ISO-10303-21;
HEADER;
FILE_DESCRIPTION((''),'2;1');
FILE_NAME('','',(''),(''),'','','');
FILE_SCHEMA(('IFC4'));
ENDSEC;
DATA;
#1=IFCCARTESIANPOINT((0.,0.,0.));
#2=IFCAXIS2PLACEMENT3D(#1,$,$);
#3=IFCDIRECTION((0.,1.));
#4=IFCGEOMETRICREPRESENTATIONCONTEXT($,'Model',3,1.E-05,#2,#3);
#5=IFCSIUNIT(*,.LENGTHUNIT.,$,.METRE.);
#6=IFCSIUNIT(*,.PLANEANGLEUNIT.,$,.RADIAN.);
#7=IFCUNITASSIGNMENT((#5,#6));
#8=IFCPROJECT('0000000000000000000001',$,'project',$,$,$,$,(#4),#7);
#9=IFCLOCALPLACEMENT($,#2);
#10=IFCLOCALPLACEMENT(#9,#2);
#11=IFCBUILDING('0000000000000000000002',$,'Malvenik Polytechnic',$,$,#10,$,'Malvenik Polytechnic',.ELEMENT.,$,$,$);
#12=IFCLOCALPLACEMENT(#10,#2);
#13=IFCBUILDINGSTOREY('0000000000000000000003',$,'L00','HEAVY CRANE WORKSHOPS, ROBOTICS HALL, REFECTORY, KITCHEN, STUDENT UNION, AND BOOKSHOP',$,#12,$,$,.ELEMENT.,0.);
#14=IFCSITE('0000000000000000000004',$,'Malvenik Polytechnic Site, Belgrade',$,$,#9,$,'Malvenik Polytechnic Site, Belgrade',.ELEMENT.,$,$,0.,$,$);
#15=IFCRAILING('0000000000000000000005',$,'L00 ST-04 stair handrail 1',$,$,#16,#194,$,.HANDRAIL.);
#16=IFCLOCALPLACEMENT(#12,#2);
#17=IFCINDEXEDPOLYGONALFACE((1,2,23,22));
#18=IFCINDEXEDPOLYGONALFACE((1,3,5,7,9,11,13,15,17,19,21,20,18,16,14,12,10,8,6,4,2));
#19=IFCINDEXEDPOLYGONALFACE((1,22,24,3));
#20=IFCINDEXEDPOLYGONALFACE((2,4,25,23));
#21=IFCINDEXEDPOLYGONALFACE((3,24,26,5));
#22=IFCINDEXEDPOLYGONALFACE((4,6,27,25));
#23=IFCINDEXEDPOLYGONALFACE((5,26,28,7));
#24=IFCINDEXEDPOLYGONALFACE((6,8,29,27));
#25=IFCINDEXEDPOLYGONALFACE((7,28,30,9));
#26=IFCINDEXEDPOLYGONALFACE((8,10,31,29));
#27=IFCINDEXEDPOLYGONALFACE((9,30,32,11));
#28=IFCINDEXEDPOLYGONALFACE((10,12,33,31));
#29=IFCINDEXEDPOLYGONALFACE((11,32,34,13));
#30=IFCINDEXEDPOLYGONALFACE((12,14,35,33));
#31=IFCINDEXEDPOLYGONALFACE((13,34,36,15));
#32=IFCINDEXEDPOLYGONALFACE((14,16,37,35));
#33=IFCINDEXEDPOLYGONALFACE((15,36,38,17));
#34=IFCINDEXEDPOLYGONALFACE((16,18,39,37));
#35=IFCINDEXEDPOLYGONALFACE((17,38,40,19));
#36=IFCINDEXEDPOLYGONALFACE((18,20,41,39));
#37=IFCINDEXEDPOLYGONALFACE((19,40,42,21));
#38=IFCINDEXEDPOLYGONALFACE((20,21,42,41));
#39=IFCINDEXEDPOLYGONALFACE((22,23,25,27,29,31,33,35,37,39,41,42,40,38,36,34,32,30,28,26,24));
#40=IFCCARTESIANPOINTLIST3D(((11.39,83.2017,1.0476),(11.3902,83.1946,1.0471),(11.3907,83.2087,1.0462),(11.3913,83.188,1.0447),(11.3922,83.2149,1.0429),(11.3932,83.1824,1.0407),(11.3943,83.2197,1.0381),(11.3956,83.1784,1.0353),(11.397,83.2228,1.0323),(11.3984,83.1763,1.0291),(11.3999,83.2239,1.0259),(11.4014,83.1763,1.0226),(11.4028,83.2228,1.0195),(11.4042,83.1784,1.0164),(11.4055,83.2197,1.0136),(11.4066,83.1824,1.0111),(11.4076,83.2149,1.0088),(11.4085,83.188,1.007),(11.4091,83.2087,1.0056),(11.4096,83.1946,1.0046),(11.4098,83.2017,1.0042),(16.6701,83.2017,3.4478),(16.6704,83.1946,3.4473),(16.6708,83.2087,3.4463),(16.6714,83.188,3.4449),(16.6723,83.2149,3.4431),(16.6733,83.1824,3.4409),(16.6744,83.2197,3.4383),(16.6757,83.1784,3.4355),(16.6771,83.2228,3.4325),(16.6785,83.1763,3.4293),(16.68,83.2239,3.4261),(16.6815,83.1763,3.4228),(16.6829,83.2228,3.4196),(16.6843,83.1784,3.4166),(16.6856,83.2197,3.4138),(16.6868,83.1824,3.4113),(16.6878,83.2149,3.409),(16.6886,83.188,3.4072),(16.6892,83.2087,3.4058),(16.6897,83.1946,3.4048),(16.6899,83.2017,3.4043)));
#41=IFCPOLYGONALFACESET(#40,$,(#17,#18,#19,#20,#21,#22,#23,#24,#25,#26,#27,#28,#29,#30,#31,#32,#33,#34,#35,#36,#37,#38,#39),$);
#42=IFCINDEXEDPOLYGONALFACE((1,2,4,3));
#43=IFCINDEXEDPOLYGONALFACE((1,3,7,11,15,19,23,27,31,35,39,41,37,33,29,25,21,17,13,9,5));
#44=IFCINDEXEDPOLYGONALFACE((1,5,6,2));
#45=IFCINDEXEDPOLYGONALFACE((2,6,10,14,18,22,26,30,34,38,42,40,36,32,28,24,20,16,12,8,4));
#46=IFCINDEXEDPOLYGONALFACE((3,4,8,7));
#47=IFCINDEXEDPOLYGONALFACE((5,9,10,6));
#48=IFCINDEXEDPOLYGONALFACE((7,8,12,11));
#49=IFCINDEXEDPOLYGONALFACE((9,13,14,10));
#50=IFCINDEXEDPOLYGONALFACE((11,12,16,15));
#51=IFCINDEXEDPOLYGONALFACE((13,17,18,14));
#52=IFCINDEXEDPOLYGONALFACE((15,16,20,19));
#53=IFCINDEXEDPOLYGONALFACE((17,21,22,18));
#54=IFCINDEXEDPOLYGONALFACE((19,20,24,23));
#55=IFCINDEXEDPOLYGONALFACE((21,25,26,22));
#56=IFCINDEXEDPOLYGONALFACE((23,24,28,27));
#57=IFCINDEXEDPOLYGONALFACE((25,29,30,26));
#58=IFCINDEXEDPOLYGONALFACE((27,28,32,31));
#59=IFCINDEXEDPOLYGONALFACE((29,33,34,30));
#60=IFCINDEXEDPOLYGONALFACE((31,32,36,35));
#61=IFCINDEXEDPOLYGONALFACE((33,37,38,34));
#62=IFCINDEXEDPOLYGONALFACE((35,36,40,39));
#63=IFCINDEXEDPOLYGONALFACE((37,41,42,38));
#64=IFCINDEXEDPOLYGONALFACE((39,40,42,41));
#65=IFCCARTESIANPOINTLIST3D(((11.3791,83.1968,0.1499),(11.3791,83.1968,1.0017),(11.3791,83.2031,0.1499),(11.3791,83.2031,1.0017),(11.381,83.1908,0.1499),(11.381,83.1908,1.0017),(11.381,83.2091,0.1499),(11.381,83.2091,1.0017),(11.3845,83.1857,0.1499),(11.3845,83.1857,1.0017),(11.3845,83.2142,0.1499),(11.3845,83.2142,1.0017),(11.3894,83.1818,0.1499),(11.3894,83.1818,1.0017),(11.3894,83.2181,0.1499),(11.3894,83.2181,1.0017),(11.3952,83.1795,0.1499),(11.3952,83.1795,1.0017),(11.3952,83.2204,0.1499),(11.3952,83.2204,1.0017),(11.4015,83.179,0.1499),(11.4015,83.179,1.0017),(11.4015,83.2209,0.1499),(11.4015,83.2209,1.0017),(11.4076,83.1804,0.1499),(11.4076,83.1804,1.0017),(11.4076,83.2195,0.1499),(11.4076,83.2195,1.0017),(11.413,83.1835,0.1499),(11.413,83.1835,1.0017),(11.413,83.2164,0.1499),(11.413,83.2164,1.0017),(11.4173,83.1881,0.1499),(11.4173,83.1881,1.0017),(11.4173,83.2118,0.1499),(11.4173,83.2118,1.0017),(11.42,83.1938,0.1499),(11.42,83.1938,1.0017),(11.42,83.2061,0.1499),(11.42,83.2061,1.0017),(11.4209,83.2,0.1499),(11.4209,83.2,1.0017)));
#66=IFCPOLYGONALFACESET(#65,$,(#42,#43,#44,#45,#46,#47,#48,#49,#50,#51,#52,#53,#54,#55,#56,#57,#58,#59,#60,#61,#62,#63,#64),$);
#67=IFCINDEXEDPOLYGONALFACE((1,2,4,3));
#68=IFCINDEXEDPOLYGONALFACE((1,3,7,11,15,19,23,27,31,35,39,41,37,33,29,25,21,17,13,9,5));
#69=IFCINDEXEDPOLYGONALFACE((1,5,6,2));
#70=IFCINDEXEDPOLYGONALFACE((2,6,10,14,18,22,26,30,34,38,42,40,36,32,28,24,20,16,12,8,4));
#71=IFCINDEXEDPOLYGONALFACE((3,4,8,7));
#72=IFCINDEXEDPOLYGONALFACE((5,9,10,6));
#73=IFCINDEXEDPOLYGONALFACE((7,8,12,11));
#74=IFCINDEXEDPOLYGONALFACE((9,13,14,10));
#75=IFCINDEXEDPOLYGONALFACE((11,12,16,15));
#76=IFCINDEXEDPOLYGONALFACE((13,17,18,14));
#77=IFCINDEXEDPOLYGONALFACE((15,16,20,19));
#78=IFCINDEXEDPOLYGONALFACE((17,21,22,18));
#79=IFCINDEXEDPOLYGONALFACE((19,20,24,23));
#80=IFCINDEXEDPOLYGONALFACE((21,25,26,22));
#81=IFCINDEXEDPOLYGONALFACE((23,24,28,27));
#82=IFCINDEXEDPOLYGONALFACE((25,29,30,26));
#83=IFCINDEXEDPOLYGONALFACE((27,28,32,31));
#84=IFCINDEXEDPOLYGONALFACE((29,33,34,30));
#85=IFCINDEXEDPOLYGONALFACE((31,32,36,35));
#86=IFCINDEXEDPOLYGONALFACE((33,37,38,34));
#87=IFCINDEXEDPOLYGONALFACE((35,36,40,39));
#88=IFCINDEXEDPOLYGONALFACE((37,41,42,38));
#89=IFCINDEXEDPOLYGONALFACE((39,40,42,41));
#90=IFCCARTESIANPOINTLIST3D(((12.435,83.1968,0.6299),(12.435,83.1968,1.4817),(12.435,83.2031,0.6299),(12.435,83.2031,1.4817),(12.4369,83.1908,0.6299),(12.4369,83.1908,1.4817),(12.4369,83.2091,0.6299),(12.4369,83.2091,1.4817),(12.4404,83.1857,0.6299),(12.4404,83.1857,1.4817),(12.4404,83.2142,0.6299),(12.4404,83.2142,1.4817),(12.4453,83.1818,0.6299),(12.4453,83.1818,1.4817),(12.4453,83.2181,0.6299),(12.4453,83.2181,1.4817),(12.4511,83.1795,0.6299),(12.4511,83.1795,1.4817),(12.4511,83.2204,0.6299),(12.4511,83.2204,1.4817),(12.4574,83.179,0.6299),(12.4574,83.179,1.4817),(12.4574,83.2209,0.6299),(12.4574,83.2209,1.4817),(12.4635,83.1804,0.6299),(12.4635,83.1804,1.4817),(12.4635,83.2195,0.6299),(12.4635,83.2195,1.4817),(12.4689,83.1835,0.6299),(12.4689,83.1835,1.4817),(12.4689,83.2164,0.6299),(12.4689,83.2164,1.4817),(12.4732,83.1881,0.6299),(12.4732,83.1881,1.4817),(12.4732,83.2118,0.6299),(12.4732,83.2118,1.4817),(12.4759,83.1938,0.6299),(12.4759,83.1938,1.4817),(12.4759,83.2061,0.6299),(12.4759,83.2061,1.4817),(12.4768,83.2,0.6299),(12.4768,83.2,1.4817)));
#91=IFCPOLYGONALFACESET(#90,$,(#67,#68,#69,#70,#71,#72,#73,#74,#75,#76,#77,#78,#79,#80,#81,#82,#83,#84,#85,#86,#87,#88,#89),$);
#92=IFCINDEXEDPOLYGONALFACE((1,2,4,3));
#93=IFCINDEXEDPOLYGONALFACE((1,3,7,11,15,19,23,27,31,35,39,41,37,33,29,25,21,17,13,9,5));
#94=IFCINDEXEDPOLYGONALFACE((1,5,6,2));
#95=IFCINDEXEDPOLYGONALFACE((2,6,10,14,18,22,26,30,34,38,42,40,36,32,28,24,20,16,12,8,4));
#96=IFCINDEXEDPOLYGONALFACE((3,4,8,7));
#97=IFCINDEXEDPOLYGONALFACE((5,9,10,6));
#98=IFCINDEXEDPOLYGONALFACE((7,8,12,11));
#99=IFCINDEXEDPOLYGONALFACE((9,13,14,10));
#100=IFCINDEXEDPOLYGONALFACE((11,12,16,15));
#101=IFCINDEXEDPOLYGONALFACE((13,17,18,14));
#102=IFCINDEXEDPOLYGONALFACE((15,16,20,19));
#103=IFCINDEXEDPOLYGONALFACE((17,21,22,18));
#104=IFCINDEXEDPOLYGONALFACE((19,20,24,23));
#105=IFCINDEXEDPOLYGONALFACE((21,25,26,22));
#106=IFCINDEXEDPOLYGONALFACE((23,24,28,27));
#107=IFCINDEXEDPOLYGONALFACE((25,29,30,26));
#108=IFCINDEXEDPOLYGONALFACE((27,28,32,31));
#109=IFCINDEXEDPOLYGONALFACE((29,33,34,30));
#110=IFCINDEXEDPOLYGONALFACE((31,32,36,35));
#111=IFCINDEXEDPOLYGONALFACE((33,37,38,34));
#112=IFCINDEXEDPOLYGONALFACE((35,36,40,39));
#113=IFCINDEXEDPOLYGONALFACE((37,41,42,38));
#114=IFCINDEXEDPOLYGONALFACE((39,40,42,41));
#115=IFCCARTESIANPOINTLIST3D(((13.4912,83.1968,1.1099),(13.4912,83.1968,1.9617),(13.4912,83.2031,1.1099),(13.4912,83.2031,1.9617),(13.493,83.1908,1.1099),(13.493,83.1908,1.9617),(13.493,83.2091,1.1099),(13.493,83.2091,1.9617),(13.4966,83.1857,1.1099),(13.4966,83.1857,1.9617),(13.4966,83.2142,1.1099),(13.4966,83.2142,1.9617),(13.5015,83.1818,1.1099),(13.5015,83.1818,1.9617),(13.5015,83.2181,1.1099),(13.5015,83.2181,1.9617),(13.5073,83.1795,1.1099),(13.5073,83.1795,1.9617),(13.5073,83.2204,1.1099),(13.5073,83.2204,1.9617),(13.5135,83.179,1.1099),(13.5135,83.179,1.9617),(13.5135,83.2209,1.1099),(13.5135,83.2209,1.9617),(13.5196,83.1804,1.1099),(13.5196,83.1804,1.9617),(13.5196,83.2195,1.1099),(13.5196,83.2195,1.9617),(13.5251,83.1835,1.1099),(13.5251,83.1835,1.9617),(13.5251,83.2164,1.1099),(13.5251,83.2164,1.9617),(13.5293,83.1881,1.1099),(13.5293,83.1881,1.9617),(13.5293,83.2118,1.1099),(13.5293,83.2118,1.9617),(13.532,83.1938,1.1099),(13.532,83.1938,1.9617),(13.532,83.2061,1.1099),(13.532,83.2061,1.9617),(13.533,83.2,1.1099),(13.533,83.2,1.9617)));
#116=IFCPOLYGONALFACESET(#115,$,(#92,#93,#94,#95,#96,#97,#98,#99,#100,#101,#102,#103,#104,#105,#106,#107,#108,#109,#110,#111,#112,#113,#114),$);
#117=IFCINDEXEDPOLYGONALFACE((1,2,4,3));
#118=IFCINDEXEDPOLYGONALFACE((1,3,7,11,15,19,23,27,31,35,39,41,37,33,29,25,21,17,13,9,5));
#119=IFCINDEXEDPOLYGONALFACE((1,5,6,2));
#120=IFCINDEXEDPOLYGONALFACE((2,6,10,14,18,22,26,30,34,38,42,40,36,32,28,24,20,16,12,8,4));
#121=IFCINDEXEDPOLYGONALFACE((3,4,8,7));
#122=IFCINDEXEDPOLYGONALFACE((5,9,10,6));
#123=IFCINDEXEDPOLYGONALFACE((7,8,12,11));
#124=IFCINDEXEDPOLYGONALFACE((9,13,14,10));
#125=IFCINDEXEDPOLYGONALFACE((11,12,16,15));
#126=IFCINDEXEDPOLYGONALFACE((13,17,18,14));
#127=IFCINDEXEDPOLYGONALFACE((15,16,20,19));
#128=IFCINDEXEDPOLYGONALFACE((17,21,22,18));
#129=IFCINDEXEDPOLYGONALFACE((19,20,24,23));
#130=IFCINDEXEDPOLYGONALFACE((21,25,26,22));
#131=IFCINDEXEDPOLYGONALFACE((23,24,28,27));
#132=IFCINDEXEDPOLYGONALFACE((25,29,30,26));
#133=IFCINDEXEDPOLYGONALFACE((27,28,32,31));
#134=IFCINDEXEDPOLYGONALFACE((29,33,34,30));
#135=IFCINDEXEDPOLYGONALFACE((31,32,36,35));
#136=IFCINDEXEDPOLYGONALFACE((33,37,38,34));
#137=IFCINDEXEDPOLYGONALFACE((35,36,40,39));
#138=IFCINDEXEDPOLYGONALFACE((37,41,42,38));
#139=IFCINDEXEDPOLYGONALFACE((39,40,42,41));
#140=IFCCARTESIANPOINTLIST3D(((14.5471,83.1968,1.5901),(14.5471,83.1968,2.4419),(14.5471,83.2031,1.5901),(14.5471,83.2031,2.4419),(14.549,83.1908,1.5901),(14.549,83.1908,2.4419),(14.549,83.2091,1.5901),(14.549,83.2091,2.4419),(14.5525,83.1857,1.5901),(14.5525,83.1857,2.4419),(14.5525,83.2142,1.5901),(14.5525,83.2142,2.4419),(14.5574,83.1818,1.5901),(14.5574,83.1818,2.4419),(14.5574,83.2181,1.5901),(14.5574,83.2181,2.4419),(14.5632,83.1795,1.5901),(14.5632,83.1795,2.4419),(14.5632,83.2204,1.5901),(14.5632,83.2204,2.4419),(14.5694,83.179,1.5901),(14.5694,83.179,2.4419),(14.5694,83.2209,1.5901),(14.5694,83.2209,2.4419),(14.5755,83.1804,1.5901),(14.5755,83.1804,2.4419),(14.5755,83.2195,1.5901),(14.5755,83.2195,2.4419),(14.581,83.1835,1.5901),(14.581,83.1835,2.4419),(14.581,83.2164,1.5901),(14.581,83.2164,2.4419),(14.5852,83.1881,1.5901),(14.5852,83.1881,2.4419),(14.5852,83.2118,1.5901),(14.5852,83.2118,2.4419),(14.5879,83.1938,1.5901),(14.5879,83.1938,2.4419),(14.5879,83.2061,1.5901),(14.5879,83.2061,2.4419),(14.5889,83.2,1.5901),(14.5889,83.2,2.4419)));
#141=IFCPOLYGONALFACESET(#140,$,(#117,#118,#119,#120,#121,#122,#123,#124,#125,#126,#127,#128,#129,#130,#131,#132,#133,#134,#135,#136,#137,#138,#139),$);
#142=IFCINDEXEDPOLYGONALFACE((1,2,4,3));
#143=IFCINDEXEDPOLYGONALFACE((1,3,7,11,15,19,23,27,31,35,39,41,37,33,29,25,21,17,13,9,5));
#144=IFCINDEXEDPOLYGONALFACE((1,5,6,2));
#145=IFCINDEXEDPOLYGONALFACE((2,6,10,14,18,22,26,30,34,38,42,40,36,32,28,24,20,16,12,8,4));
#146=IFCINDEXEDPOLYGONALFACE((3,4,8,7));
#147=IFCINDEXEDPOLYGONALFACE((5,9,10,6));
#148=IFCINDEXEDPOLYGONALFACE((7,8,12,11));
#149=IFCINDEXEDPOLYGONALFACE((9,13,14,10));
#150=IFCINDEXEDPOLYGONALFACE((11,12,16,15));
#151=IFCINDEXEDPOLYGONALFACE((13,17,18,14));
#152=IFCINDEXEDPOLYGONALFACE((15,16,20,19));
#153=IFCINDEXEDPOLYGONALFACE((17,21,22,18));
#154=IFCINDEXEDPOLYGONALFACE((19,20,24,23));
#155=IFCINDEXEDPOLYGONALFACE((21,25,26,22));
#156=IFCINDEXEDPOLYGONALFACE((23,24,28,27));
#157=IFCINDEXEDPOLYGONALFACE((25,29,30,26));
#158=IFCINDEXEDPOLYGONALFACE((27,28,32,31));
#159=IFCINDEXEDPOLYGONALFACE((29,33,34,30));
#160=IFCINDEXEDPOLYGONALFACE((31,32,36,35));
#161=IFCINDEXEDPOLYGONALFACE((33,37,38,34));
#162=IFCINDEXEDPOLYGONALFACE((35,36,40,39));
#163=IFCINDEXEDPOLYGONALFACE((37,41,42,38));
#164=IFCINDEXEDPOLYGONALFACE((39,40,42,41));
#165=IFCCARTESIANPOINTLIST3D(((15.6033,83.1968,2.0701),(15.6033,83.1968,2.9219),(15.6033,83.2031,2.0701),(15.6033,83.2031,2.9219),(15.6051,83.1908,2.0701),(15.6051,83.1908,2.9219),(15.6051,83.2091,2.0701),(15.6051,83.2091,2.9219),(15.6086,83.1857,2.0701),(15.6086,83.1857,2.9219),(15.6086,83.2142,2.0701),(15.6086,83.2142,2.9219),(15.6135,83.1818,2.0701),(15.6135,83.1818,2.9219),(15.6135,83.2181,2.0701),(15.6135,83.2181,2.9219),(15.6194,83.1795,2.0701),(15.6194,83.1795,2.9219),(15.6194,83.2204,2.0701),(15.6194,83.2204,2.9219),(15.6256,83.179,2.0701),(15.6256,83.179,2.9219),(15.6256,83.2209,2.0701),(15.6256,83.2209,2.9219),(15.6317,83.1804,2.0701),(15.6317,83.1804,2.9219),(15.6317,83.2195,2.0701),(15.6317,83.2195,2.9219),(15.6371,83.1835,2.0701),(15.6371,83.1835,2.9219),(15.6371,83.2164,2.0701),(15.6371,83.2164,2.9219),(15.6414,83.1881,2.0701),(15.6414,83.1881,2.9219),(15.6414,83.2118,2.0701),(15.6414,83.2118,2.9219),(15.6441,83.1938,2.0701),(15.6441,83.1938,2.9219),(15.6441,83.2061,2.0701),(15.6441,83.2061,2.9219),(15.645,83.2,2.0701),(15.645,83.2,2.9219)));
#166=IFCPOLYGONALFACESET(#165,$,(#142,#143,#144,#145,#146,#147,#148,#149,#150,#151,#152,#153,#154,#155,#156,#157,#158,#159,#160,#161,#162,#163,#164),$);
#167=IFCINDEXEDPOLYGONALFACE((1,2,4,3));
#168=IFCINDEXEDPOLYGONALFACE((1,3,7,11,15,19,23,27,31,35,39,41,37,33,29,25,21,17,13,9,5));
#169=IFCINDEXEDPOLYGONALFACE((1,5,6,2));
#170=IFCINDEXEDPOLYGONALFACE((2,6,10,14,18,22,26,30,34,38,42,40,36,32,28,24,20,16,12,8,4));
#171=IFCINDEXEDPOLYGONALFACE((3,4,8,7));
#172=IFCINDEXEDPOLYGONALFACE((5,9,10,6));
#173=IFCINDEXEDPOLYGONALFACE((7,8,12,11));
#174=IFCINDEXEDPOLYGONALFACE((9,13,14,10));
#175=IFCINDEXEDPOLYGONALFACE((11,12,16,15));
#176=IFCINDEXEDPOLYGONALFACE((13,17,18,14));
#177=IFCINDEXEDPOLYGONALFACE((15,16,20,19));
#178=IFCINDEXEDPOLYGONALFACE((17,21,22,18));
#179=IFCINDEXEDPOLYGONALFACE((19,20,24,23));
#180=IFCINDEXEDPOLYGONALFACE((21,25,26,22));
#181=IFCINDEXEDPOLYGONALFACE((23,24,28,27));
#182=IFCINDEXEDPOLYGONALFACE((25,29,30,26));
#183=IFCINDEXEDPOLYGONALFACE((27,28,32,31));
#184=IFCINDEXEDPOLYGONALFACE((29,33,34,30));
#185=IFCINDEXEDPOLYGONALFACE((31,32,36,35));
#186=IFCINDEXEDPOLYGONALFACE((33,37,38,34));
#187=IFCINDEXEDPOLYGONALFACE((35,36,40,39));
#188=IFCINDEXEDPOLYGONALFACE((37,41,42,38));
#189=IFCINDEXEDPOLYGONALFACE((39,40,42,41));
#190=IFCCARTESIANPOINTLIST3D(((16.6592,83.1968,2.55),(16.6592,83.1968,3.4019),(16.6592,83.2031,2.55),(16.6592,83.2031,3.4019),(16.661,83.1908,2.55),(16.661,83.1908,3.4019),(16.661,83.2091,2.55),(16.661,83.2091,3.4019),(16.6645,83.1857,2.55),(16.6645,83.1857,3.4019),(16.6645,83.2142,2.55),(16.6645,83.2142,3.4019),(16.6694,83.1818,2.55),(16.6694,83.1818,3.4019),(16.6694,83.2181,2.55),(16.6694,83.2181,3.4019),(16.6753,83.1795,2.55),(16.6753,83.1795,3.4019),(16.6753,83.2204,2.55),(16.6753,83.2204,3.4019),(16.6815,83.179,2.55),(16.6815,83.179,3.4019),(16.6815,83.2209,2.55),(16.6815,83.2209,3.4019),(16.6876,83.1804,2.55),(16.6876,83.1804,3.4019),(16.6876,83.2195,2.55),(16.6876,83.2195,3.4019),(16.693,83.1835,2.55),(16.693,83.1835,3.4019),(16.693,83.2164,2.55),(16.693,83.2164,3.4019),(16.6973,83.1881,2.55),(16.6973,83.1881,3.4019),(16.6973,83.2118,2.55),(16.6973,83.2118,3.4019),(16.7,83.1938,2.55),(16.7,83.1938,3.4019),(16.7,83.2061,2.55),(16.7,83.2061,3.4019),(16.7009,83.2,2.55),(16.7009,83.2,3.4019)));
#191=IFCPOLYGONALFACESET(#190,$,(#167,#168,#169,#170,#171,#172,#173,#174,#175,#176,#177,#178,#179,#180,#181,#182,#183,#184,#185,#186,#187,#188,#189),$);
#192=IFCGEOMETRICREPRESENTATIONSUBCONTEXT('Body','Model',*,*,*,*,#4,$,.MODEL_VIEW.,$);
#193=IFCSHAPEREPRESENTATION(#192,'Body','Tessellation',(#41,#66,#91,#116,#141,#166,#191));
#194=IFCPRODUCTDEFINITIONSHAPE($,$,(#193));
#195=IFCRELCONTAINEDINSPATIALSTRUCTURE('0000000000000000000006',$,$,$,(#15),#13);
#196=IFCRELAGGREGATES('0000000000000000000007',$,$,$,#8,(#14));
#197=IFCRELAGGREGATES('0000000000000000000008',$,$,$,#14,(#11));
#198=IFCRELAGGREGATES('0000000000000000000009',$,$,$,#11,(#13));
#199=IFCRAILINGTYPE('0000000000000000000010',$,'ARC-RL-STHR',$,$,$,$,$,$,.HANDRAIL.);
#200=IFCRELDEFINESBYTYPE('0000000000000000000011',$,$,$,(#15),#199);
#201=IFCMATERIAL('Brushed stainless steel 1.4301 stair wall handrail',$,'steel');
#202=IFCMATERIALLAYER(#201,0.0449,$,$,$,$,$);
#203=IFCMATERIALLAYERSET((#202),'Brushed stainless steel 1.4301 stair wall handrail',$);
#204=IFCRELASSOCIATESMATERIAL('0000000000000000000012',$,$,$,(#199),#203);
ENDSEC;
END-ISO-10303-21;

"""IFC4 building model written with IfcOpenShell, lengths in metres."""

from ifc_helpers import new_model, si_unit, direction, frame, origin, origin_2d, place, context, subcontext, project, spatial, circle, extrude, material, layer, layer_set, type_object, element, save


model = new_model("IFC4")

# Units and contexts
model_context = context("Model", 3, precision=1e-05, world=origin(), true_north=direction((0.0, 1.0)))
body_context = subcontext(model_context, "Body", "Model", "MODEL_VIEW")
ifc_project = project(units=[si_unit("LENGTHUNIT", "METRE"), si_unit("PLANEANGLEUNIT", "RADIAN")], contexts=[model_context])

# Site, building, storey
site_placement = place(None, origin())
site = spatial("IfcSite", under=ifc_project, at=site_placement, Name="Malvenik Polytechnic Site, Belgrade", LongName="Malvenik Polytechnic Site, Belgrade", CompositionType="ELEMENT", RefElevation=0.0)
building_placement = place(site_placement, origin())
building = spatial("IfcBuilding", under=site, at=building_placement, Name="Malvenik Polytechnic", LongName="Malvenik Polytechnic", CompositionType="ELEMENT")
storey_placement = place(building_placement, origin())
storey = spatial("IfcBuildingStorey", under=building, at=storey_placement, Name="L00", Description="HEAVY CRANE WORKSHOPS, ROBOTICS HALL, REFECTORY, KITCHEN, STUDENT UNION, AND BOOKSHOP", CompositionType="ELEMENT", Elevation=0.0)

# Railing
ifc_material_1 = material(Name="Brushed stainless steel 1.4301 stair wall handrail", Category="steel")
ifc_layer_1 = layer(ifc_material_1, 0.0449)
ifc_layer_set_1 = layer_set([ifc_layer_1], Name="Brushed stainless steel 1.4301 stair wall handrail")
railing_type_1 = type_object("IfcRailingType", Name="ARC-RL-STHR", PredefinedType="HANDRAIL", material=ifc_layer_set_1)
railing_1_placement = place(storey_placement, frame((11.3999, 83.2, 0.1499)))
element("IfcRailing", 1, at=railing_1_placement, inside=storey, type_object=railing_type_1, Name="L00 ST-04 stair handrail 1", PredefinedType="HANDRAIL", context=body_context, shape_type="SweptSolid", body=[
    extrude(circle(Radius=0.0239, at=origin_2d()), frame((0.0, 0.0, 0.876), z_axis=(0.910358, 0.0, 0.413822), x_axis=(0.0, 1.0, 0.0)), (0.0, 0.0, 1.0), 5.8),
    extrude(circle(Radius=0.021, at=origin_2d()), origin(), (0.0, 0.0, 1.0), 0.8518),
    extrude(circle(Radius=0.021, at=origin_2d()), frame((1.0559, 0.0, 0.48)), (0.0, 0.0, 1.0), 0.8518),
    extrude(circle(Radius=0.021, at=origin_2d()), frame((2.1121, 0.0, 0.96)), (0.0, 0.0, 1.0), 0.8518),
    extrude(circle(Radius=0.021, at=origin_2d()), frame((3.168, 0.0, 1.4402)), (0.0, 0.0, 1.0), 0.8518),
    extrude(circle(Radius=0.021, at=origin_2d()), frame((4.2241, 0.0, 1.9202)), (0.0, 0.0, 1.0), 0.8518),
    extrude(circle(Radius=0.021, at=origin_2d()), frame((5.28, 0.0, 2.4001)), (0.0, 0.0, 1.0), 0.8518),
])

save(model, "model.ifc")
